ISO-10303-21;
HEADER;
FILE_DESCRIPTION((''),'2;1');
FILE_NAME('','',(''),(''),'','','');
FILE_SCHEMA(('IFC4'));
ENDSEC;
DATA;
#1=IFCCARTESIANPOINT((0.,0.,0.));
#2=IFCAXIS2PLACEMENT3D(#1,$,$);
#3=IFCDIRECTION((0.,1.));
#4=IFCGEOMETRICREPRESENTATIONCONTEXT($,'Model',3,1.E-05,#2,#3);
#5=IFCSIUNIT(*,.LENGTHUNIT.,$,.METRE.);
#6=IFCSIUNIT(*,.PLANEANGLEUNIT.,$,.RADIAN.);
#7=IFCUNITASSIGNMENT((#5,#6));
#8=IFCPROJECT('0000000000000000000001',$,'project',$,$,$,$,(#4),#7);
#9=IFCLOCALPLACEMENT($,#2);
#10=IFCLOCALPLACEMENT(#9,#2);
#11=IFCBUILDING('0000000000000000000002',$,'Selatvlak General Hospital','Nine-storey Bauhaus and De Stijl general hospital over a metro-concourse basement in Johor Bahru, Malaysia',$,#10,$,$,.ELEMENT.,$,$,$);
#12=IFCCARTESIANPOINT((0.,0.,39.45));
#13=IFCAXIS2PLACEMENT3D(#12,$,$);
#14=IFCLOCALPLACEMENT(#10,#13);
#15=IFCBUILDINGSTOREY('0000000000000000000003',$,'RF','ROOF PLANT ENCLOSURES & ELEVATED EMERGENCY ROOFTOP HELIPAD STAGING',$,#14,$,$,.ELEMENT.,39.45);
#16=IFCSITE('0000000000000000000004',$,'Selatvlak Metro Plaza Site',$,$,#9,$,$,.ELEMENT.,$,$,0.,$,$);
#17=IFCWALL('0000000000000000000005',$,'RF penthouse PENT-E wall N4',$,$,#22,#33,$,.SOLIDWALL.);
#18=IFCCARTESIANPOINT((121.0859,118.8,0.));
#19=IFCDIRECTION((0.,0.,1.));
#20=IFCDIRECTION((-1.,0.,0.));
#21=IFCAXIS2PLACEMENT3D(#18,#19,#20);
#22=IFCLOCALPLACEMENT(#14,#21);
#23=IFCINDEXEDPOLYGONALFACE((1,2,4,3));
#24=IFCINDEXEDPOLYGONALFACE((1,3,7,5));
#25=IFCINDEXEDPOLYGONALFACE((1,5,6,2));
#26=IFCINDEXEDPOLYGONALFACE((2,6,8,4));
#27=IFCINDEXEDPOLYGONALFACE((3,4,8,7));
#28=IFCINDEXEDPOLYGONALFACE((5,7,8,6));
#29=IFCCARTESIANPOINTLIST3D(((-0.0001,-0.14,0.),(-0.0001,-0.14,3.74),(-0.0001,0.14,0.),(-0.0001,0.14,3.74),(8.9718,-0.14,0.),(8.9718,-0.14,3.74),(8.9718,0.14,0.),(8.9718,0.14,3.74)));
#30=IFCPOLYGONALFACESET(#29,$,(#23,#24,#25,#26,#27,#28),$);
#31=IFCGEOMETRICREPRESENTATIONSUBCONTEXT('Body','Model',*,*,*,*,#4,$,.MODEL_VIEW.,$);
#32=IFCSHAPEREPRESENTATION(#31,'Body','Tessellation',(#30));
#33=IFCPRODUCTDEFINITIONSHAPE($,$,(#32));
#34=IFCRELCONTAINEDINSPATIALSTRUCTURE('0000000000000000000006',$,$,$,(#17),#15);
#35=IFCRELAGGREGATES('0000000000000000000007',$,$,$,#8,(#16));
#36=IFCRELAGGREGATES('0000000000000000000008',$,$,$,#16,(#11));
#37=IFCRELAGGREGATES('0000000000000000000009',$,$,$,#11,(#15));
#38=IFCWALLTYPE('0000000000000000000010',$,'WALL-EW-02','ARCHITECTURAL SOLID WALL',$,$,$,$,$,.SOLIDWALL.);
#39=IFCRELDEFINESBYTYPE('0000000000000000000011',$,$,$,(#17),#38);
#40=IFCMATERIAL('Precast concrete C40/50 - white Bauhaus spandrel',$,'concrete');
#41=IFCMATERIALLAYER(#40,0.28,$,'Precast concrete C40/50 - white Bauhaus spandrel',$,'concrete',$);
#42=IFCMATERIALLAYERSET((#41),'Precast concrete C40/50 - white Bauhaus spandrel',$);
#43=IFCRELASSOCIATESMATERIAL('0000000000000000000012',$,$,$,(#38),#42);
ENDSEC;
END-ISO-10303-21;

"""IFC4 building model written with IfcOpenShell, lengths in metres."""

from ifc_helpers import new_model, si_unit, direction, frame, frame_2d, origin, place, context, subcontext, project, spatial, rectangle, extrude, material, layer, layer_set, type_object, element, save


model = new_model("IFC4")

# Units and contexts
model_context = context("Model", 3, precision=1e-05, world=origin(), true_north=direction((0.0, 1.0)))
body_context = subcontext(model_context, "Body", "Model", "MODEL_VIEW")
ifc_project = project(units=[si_unit("LENGTHUNIT", "METRE"), si_unit("PLANEANGLEUNIT", "RADIAN")], contexts=[model_context])

# Site, building, storey
site_placement = place(None, origin())
site = spatial("IfcSite", under=ifc_project, at=site_placement, Name="Selatvlak Metro Plaza Site", CompositionType="ELEMENT", RefElevation=0.0)
building_placement = place(site_placement, origin())
building = spatial("IfcBuilding", under=site, at=building_placement, Name="Selatvlak General Hospital", Description="Nine-storey Bauhaus and De Stijl general hospital over a metro-concourse basement in Johor Bahru, Malaysia", CompositionType="ELEMENT")
storey_placement = place(building_placement, frame((0.0, 0.0, 39.45)))
storey = spatial("IfcBuildingStorey", under=building, at=storey_placement, Name="RF", Description="ROOF PLANT ENCLOSURES & ELEVATED EMERGENCY ROOFTOP HELIPAD STAGING", CompositionType="ELEMENT", Elevation=39.45)

# Wall
ifc_material_1 = material(Name="Precast concrete C40/50 - white Bauhaus spandrel", Category="concrete")
ifc_layer_1 = layer(ifc_material_1, 0.28, Name="Precast concrete C40/50 - white Bauhaus spandrel", Category="concrete")
ifc_layer_set_1 = layer_set([ifc_layer_1], Name="Precast concrete C40/50 - white Bauhaus spandrel")
wall_type_1 = type_object("IfcWallType", Name="WALL-EW-02", Description="ARCHITECTURAL SOLID WALL", PredefinedType="SOLIDWALL", material=ifc_layer_set_1)
wall_1_placement = place(storey_placement, frame((121.0859, 118.8, 0.0), z_axis=(0.0, 0.0, 1.0), x_axis=(-1.0, 0.0, 0.0)))
element("IfcWall", 1, at=wall_1_placement, inside=storey, type_object=wall_type_1, Name="RF penthouse PENT-E wall N4", PredefinedType="SOLIDWALL", context=body_context, shape_type="SweptSolid", body=[
    extrude(rectangle(XDim=8.9719, YDim=0.28, at=frame_2d((4.4858, 0.0))), origin(), (0.0, 0.0, 1.0), 3.74),
])

save(model, "model.ifc")
